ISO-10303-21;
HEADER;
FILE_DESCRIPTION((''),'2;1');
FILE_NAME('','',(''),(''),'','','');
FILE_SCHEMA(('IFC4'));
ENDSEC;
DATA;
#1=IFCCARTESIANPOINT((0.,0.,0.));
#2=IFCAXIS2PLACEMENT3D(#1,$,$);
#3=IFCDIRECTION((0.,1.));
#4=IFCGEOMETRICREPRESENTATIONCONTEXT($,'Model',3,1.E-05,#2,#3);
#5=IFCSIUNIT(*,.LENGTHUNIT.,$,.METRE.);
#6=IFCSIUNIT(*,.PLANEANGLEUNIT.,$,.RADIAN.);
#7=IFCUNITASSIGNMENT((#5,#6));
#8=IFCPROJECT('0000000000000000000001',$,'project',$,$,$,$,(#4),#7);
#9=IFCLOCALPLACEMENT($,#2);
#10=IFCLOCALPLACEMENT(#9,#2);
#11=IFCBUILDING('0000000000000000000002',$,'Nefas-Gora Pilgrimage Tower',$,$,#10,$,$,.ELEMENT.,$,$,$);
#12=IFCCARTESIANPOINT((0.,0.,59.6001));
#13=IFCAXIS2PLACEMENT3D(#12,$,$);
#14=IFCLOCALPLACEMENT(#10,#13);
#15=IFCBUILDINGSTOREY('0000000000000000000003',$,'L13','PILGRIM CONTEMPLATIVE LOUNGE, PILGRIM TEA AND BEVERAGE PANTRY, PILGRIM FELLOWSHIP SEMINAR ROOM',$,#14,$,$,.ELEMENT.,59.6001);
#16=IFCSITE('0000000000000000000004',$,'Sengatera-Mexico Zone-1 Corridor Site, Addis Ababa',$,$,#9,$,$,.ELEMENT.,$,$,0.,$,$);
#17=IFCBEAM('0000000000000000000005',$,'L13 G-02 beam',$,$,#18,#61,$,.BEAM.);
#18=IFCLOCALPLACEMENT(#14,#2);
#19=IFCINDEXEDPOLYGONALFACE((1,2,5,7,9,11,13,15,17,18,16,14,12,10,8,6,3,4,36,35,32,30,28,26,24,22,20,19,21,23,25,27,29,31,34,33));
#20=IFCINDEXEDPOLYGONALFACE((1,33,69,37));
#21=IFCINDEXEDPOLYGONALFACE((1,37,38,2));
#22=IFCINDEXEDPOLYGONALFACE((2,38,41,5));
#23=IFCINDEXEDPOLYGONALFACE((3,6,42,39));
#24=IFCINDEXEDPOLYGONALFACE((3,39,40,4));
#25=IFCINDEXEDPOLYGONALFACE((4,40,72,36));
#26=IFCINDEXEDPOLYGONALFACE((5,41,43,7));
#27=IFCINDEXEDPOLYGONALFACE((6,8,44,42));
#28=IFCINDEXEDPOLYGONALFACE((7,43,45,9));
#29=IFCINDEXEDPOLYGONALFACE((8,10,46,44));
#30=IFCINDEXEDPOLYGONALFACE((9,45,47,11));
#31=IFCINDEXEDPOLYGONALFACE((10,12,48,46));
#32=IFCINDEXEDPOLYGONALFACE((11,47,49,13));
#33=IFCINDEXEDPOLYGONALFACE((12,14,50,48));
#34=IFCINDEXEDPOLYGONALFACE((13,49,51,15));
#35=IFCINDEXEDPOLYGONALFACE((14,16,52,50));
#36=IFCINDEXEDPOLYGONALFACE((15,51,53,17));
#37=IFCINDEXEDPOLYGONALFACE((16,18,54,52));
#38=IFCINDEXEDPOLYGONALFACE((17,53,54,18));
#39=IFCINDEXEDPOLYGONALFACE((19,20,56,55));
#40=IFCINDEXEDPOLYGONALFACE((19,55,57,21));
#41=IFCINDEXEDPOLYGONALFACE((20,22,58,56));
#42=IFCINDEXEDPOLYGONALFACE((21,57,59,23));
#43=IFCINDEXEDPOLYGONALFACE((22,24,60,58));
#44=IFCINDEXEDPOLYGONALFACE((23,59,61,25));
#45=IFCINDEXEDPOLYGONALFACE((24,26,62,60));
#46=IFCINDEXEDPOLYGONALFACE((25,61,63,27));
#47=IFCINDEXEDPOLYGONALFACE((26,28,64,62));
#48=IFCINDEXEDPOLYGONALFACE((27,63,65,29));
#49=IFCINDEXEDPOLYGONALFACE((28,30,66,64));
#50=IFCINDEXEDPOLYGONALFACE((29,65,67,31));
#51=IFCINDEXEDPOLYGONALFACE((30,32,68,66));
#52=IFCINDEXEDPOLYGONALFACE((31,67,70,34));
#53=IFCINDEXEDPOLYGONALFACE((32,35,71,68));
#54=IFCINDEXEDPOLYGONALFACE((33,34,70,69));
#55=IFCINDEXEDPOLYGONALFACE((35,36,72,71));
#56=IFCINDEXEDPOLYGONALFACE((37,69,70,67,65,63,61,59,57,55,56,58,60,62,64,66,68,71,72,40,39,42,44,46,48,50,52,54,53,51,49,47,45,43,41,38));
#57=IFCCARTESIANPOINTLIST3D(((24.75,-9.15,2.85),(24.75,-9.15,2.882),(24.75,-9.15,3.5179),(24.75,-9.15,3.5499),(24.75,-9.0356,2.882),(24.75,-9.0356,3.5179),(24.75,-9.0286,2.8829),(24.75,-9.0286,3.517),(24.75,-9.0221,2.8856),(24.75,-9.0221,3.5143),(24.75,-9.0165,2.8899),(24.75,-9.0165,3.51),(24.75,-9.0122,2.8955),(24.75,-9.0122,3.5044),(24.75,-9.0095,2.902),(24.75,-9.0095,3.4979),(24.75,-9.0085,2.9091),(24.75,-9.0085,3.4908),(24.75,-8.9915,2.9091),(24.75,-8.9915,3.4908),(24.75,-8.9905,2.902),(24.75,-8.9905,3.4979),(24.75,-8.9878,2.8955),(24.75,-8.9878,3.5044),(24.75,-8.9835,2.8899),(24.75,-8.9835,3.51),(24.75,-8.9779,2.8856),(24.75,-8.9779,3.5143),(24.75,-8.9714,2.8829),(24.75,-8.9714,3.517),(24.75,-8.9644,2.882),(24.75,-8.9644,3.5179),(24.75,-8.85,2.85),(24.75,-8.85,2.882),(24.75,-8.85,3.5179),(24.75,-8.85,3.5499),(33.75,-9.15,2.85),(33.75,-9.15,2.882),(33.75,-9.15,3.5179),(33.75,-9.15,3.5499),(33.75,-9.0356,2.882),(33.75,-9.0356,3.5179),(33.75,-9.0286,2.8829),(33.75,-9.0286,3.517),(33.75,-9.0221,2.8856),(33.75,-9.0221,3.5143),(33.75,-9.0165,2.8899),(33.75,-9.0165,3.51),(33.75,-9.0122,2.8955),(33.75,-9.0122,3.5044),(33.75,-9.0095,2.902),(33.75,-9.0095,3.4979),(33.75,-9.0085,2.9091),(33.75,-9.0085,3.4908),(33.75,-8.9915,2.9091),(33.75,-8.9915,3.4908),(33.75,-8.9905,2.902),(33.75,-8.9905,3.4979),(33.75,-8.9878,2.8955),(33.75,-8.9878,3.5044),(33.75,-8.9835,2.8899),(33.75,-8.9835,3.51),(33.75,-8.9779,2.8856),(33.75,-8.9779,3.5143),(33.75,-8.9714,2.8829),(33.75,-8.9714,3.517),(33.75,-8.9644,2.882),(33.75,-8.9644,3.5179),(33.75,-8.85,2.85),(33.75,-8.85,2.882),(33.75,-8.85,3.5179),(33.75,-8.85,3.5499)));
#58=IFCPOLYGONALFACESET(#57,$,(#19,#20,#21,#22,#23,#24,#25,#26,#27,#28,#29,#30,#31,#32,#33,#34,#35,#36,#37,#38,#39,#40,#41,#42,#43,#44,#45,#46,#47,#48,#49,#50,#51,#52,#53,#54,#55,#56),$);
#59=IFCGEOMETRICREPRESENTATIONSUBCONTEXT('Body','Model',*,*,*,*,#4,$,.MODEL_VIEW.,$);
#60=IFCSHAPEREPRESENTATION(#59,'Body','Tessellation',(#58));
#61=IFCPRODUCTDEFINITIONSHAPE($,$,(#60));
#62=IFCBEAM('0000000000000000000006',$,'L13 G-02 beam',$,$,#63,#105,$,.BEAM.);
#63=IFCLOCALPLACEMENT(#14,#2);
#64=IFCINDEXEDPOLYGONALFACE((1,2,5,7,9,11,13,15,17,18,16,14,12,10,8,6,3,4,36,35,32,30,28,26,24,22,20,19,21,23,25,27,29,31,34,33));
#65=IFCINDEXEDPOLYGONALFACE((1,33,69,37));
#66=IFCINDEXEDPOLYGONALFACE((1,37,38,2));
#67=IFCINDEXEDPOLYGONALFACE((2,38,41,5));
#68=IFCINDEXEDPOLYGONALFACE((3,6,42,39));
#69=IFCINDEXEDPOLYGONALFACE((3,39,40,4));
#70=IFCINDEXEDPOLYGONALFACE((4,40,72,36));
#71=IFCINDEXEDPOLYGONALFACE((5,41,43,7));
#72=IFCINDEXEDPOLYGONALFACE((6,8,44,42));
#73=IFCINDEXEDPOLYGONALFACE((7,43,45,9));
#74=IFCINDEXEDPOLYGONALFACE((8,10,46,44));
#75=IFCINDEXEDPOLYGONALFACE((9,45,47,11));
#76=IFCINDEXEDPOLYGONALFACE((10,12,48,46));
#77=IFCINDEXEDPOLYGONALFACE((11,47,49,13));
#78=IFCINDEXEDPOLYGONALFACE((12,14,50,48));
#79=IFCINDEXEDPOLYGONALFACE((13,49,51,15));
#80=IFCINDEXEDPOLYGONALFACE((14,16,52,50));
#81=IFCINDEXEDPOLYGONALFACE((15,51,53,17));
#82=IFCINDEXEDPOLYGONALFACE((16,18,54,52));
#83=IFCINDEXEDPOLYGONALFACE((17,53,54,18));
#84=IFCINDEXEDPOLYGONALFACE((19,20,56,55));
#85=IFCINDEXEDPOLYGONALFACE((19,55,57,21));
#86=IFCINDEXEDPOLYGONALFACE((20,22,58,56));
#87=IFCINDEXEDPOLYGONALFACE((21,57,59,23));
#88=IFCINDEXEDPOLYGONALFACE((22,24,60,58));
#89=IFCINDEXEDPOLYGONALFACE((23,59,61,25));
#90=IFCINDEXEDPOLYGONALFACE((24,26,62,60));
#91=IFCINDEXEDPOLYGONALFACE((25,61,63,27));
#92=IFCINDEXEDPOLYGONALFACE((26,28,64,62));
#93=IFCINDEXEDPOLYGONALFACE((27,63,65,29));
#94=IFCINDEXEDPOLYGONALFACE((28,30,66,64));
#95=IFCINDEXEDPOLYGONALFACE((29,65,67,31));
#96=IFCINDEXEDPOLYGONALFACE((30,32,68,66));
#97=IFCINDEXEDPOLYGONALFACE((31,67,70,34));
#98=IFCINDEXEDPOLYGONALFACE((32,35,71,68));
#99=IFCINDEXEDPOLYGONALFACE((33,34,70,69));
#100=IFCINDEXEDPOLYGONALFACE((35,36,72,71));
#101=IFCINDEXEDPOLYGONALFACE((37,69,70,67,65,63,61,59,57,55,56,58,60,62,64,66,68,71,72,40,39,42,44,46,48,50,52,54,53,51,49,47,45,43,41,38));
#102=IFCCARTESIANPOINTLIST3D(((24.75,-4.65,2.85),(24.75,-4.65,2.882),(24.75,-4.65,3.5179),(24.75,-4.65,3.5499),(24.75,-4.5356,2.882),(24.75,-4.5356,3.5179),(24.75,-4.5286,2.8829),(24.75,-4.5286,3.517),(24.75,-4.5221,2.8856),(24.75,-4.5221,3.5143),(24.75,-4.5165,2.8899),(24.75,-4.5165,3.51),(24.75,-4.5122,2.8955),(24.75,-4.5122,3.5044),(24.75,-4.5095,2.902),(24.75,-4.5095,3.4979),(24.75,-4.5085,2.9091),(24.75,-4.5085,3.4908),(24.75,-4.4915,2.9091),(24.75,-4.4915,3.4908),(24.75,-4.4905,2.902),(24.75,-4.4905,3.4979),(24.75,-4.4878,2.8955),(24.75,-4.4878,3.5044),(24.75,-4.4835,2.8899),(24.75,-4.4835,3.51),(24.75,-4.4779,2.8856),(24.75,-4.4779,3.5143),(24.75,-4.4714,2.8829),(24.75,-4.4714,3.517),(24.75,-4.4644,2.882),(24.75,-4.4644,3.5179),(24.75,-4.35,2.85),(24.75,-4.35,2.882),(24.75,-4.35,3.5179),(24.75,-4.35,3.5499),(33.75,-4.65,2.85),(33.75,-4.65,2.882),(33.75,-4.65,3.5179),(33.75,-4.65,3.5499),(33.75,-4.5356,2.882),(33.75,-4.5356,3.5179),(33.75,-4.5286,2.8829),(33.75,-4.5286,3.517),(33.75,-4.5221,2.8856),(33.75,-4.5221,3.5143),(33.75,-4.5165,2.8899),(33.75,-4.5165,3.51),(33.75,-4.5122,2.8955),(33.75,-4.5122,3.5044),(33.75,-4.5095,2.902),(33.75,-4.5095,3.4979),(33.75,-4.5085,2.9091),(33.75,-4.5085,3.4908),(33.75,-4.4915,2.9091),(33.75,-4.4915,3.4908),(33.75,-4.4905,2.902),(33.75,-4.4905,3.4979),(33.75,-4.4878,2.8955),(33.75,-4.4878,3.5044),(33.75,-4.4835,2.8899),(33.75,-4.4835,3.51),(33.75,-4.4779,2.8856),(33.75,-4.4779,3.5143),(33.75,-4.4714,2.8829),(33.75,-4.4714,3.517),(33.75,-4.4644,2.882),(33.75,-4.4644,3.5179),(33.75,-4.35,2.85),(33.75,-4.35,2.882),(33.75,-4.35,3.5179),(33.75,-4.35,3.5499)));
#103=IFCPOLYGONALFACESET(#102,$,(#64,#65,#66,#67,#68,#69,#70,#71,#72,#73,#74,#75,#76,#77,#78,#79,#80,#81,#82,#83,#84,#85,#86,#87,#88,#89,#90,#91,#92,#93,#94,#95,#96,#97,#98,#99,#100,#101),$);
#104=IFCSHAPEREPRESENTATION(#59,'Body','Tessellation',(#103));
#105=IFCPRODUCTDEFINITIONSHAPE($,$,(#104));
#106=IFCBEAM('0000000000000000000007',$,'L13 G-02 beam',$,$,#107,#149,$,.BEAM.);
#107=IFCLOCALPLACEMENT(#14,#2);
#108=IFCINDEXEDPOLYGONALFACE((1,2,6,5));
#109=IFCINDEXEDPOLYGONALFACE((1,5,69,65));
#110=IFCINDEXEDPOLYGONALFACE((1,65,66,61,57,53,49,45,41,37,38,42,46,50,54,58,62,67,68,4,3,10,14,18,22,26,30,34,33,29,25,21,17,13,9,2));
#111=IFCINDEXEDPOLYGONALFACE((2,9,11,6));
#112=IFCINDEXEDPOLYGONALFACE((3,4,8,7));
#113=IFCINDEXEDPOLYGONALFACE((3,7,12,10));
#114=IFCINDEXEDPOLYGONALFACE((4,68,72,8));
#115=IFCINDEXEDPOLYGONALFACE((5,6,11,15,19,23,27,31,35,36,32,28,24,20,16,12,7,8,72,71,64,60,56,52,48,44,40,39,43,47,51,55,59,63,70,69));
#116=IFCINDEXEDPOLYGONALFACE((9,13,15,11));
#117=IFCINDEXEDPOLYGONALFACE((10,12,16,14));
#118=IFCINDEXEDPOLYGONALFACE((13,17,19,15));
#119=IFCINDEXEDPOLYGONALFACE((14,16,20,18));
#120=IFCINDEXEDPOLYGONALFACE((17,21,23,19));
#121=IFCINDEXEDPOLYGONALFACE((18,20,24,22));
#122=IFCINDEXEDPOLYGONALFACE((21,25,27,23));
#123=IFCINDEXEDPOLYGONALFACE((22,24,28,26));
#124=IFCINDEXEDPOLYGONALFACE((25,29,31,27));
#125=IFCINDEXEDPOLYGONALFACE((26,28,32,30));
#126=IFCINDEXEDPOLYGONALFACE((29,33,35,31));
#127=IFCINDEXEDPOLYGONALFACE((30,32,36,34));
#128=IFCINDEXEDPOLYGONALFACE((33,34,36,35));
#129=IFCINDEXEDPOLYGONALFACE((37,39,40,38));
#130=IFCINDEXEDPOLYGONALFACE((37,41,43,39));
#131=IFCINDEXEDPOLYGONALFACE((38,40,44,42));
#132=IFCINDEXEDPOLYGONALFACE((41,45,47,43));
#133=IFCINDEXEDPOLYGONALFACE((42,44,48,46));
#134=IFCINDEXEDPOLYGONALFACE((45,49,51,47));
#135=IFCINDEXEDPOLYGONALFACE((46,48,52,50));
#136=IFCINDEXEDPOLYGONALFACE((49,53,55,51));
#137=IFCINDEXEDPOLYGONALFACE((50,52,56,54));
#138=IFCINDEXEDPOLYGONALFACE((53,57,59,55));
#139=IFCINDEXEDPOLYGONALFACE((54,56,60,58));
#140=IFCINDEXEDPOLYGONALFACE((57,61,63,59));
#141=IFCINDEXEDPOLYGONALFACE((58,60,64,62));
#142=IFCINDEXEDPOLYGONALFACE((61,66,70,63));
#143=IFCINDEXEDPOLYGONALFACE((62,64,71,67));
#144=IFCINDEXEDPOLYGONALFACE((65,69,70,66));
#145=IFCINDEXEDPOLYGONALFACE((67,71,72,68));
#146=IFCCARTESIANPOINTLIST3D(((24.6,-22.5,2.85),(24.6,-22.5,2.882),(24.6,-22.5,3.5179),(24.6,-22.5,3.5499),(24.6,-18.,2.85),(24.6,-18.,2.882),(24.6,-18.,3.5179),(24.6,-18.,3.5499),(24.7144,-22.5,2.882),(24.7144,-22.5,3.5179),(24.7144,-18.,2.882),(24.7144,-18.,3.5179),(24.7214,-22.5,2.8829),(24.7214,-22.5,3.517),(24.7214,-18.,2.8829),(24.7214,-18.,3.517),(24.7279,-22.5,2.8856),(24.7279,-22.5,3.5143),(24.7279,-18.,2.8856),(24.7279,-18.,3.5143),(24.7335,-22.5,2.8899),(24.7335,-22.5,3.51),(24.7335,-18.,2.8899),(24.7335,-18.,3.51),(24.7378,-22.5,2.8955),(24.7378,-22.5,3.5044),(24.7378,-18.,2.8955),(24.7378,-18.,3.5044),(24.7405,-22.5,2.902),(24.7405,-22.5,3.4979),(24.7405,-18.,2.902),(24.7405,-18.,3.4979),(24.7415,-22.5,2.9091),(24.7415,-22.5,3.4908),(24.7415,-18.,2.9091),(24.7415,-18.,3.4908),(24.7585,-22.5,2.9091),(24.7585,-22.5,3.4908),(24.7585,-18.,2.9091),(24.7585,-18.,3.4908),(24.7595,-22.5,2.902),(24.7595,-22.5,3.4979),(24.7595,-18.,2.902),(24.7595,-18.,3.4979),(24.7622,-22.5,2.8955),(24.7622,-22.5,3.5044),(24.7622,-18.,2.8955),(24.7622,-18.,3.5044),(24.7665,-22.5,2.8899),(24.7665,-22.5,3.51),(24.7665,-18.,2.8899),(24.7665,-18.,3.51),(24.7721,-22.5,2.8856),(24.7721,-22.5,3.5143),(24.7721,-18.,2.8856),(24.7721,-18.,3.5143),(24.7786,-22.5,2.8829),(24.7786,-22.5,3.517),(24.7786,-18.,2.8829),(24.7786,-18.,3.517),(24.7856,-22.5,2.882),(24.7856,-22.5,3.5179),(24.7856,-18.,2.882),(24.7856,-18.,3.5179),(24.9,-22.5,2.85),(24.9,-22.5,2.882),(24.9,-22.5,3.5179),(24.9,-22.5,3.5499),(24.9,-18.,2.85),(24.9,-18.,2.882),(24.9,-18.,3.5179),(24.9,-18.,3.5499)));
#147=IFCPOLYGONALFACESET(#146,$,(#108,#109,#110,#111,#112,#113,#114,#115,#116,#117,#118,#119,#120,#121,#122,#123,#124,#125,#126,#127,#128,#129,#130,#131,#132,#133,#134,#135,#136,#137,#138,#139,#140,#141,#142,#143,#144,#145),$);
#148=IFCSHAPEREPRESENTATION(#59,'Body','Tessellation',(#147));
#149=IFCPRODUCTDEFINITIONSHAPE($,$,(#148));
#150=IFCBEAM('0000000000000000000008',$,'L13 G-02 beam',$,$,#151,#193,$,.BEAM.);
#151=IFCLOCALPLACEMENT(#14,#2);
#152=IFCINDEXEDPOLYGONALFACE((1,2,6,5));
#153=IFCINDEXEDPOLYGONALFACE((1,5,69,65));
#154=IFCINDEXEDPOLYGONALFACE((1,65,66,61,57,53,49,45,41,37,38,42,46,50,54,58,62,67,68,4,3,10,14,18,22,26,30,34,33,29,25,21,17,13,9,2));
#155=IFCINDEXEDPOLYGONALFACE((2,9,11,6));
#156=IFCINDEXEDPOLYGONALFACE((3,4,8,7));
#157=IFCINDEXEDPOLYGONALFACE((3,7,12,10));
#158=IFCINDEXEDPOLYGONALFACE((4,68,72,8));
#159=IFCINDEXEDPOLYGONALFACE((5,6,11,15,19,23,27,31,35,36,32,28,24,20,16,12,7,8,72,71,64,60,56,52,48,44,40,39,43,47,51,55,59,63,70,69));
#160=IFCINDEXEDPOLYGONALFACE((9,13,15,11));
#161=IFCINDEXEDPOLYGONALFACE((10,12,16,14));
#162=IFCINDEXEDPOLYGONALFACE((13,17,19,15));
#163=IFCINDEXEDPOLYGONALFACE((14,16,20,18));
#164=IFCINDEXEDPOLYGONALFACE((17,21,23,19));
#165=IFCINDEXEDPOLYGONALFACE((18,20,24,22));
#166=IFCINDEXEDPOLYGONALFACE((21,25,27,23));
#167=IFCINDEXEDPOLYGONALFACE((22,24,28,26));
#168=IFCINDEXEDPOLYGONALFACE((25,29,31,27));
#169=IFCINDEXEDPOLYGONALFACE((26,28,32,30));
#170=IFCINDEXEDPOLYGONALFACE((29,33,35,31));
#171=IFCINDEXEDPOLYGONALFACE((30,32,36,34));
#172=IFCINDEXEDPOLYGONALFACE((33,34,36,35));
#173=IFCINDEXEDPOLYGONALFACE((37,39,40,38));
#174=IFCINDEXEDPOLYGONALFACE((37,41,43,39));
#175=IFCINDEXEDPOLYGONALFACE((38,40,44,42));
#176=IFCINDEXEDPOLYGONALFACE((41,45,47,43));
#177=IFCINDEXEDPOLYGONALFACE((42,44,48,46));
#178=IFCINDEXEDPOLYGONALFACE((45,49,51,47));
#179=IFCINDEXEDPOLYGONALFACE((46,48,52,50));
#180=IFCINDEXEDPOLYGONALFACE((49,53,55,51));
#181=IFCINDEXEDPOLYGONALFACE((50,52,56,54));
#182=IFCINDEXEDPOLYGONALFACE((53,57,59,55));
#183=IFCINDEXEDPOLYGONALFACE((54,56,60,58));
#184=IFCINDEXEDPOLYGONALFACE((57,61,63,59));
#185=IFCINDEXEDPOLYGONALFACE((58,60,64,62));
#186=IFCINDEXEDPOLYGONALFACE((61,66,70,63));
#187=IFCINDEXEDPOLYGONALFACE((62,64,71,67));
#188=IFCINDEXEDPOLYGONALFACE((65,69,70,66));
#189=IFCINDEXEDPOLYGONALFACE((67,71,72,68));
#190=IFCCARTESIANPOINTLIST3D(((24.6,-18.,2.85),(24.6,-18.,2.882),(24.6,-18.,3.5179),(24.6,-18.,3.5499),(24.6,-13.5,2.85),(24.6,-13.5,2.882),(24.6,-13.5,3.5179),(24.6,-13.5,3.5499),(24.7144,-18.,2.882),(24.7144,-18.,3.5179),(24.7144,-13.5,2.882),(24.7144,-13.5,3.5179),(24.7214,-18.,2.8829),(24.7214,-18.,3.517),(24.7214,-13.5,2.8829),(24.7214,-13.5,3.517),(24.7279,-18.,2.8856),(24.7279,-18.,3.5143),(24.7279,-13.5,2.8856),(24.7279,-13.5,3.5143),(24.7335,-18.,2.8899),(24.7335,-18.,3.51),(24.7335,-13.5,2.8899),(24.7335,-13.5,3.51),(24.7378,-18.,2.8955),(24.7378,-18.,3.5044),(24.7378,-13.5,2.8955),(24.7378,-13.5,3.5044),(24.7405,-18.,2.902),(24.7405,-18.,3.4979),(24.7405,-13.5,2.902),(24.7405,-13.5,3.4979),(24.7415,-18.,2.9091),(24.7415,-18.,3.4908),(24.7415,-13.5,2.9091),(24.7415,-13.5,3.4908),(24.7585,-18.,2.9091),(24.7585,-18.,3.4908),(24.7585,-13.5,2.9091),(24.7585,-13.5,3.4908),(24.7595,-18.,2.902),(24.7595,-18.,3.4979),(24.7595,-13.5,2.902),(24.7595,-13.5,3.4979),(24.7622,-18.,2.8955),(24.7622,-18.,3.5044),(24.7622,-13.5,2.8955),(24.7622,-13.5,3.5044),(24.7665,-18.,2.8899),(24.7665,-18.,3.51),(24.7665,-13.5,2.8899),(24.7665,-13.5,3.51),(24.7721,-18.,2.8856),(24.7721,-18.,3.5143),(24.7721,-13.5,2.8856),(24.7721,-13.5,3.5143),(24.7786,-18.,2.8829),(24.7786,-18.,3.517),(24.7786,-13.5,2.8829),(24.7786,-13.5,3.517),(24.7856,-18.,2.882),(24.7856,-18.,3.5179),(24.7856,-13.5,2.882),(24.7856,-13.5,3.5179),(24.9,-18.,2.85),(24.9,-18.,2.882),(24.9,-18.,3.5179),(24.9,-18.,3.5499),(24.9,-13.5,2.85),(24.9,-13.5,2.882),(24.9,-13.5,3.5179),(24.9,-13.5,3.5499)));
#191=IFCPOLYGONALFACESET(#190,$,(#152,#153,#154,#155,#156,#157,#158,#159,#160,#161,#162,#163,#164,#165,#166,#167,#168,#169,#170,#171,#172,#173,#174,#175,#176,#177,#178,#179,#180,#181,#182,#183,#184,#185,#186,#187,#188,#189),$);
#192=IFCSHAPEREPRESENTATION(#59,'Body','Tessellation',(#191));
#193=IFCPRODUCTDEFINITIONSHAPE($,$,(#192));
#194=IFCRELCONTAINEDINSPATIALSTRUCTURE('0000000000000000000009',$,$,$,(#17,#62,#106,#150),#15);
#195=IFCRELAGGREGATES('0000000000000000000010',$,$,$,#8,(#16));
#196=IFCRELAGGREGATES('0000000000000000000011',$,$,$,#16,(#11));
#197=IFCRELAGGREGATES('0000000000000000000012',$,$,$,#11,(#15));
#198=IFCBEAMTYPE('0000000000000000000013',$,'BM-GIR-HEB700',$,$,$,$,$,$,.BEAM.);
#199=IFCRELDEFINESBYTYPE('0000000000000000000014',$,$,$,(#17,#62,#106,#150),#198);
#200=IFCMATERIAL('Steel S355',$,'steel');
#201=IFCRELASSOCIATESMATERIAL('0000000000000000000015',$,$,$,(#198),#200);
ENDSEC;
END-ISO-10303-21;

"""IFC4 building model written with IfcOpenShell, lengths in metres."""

from ifc_helpers import new_model, si_unit, direction, frame, origin, origin_2d, place, context, subcontext, project, spatial, i_section, extrude, source, transform, mapped, material, material_profile, profile_set, type_object, element, save


model = new_model("IFC4")

# Units and contexts
model_context = context("Model", 3, precision=1e-05, world=origin(), true_north=direction((0.0, 1.0)))
body_context = subcontext(model_context, "Body", "Model", "MODEL_VIEW")
ifc_project = project(units=[si_unit("LENGTHUNIT", "METRE"), si_unit("PLANEANGLEUNIT", "RADIAN")], contexts=[model_context])

# Site, building, storey
site_placement = place(None, origin())
site = spatial("IfcSite", under=ifc_project, at=site_placement, Name="Sengatera-Mexico Zone-1 Corridor Site, Addis Ababa", CompositionType="ELEMENT", RefElevation=0.0)
building_placement = place(site_placement, origin())
building = spatial("IfcBuilding", under=site, at=building_placement, Name="Nefas-Gora Pilgrimage Tower", CompositionType="ELEMENT")
storey_placement = place(building_placement, frame((0.0, 0.0, 59.6001)))
storey = spatial("IfcBuildingStorey", under=building, at=storey_placement, Name="L13", Description="PILGRIM CONTEMPLATIVE LOUNGE, PILGRIM TEA AND BEVERAGE PANTRY, PILGRIM FELLOWSHIP SEMINAR ROOM", CompositionType="ELEMENT", Elevation=59.6001)

# Beams
ifc_material_1 = material(Name="Steel S355", Category="steel")
ifc_material_profile_1 = material_profile(ifc_material_1, i_section(OverallWidth=0.3, OverallDepth=0.7, WebThickness=0.0171, FlangeThickness=0.032, FilletRadius=0.0271, at=origin_2d()), Name="HEB 700")
ifc_profile_set_1 = profile_set([ifc_material_profile_1], Name="Steel S355")
beam_type_1 = type_object("IfcBeamType", Name="BM-GIR-HEB700", PredefinedType="BEAM", material=ifc_profile_set_1)
shared_shape_1 = source(origin(), body_context, "Body", "SweptSolid", [
    extrude(i_section(OverallWidth=0.3, OverallDepth=0.7, WebThickness=0.0171, FlangeThickness=0.032, FilletRadius=0.0271, at=origin_2d()), origin(), (0.0, 0.0, 1.0), 9.0),
])
for number, where, z_axis, x_axis, name in (
    (1, (24.75, -9.0, 3.2), (1.0, 0.0, 0.0), (0.0, 1.0, 0.0), "L13 G-02 beam"),
    (2, (24.75, -4.5, 3.2), (1.0, 0.0, 0.0), (0.0, 1.0, 0.0), "L13 G-02 beam"),
):
    element("IfcBeam", number, at=place(storey_placement, frame(where, z_axis=z_axis, x_axis=x_axis)), inside=storey, type_object=beam_type_1, Name=name, PredefinedType="BEAM", context=body_context, shape_type="MappedRepresentation", body=[
        mapped(shared_shape_1, transform((0.0, 0.0, 0.0), x_axis=(1.0, 0.0, 0.0), y_axis=(0.0, 1.0, 0.0), z_axis=(0.0, 0.0, 1.0), scale=1.0)),
    ])
shared_shape_2 = source(origin(), body_context, "Body", "SweptSolid", [
    extrude(i_section(OverallWidth=0.3, OverallDepth=0.7, WebThickness=0.0171, FlangeThickness=0.032, FilletRadius=0.0271, at=origin_2d()), origin(), (0.0, 0.0, 1.0), 4.5),
])
for number, where, z_axis, x_axis, name in (
    (3, (24.75, -22.5, 3.2), (0.0, 1.0, 0.0), (-1.0, 0.0, 0.0), "L13 G-02 beam"),
    (4, (24.75, -18.0, 3.2), (0.0, 1.0, 0.0), (-1.0, 0.0, 0.0), "L13 G-02 beam"),
):
    element("IfcBeam", number, at=place(storey_placement, frame(where, z_axis=z_axis, x_axis=x_axis)), inside=storey, type_object=beam_type_1, Name=name, PredefinedType="BEAM", context=body_context, shape_type="MappedRepresentation", body=[
        mapped(shared_shape_2, transform((0.0, 0.0, 0.0), x_axis=(1.0, 0.0, 0.0), y_axis=(0.0, 1.0, 0.0), z_axis=(0.0, 0.0, 1.0), scale=1.0)),
    ])

save(model, "model.ifc")
